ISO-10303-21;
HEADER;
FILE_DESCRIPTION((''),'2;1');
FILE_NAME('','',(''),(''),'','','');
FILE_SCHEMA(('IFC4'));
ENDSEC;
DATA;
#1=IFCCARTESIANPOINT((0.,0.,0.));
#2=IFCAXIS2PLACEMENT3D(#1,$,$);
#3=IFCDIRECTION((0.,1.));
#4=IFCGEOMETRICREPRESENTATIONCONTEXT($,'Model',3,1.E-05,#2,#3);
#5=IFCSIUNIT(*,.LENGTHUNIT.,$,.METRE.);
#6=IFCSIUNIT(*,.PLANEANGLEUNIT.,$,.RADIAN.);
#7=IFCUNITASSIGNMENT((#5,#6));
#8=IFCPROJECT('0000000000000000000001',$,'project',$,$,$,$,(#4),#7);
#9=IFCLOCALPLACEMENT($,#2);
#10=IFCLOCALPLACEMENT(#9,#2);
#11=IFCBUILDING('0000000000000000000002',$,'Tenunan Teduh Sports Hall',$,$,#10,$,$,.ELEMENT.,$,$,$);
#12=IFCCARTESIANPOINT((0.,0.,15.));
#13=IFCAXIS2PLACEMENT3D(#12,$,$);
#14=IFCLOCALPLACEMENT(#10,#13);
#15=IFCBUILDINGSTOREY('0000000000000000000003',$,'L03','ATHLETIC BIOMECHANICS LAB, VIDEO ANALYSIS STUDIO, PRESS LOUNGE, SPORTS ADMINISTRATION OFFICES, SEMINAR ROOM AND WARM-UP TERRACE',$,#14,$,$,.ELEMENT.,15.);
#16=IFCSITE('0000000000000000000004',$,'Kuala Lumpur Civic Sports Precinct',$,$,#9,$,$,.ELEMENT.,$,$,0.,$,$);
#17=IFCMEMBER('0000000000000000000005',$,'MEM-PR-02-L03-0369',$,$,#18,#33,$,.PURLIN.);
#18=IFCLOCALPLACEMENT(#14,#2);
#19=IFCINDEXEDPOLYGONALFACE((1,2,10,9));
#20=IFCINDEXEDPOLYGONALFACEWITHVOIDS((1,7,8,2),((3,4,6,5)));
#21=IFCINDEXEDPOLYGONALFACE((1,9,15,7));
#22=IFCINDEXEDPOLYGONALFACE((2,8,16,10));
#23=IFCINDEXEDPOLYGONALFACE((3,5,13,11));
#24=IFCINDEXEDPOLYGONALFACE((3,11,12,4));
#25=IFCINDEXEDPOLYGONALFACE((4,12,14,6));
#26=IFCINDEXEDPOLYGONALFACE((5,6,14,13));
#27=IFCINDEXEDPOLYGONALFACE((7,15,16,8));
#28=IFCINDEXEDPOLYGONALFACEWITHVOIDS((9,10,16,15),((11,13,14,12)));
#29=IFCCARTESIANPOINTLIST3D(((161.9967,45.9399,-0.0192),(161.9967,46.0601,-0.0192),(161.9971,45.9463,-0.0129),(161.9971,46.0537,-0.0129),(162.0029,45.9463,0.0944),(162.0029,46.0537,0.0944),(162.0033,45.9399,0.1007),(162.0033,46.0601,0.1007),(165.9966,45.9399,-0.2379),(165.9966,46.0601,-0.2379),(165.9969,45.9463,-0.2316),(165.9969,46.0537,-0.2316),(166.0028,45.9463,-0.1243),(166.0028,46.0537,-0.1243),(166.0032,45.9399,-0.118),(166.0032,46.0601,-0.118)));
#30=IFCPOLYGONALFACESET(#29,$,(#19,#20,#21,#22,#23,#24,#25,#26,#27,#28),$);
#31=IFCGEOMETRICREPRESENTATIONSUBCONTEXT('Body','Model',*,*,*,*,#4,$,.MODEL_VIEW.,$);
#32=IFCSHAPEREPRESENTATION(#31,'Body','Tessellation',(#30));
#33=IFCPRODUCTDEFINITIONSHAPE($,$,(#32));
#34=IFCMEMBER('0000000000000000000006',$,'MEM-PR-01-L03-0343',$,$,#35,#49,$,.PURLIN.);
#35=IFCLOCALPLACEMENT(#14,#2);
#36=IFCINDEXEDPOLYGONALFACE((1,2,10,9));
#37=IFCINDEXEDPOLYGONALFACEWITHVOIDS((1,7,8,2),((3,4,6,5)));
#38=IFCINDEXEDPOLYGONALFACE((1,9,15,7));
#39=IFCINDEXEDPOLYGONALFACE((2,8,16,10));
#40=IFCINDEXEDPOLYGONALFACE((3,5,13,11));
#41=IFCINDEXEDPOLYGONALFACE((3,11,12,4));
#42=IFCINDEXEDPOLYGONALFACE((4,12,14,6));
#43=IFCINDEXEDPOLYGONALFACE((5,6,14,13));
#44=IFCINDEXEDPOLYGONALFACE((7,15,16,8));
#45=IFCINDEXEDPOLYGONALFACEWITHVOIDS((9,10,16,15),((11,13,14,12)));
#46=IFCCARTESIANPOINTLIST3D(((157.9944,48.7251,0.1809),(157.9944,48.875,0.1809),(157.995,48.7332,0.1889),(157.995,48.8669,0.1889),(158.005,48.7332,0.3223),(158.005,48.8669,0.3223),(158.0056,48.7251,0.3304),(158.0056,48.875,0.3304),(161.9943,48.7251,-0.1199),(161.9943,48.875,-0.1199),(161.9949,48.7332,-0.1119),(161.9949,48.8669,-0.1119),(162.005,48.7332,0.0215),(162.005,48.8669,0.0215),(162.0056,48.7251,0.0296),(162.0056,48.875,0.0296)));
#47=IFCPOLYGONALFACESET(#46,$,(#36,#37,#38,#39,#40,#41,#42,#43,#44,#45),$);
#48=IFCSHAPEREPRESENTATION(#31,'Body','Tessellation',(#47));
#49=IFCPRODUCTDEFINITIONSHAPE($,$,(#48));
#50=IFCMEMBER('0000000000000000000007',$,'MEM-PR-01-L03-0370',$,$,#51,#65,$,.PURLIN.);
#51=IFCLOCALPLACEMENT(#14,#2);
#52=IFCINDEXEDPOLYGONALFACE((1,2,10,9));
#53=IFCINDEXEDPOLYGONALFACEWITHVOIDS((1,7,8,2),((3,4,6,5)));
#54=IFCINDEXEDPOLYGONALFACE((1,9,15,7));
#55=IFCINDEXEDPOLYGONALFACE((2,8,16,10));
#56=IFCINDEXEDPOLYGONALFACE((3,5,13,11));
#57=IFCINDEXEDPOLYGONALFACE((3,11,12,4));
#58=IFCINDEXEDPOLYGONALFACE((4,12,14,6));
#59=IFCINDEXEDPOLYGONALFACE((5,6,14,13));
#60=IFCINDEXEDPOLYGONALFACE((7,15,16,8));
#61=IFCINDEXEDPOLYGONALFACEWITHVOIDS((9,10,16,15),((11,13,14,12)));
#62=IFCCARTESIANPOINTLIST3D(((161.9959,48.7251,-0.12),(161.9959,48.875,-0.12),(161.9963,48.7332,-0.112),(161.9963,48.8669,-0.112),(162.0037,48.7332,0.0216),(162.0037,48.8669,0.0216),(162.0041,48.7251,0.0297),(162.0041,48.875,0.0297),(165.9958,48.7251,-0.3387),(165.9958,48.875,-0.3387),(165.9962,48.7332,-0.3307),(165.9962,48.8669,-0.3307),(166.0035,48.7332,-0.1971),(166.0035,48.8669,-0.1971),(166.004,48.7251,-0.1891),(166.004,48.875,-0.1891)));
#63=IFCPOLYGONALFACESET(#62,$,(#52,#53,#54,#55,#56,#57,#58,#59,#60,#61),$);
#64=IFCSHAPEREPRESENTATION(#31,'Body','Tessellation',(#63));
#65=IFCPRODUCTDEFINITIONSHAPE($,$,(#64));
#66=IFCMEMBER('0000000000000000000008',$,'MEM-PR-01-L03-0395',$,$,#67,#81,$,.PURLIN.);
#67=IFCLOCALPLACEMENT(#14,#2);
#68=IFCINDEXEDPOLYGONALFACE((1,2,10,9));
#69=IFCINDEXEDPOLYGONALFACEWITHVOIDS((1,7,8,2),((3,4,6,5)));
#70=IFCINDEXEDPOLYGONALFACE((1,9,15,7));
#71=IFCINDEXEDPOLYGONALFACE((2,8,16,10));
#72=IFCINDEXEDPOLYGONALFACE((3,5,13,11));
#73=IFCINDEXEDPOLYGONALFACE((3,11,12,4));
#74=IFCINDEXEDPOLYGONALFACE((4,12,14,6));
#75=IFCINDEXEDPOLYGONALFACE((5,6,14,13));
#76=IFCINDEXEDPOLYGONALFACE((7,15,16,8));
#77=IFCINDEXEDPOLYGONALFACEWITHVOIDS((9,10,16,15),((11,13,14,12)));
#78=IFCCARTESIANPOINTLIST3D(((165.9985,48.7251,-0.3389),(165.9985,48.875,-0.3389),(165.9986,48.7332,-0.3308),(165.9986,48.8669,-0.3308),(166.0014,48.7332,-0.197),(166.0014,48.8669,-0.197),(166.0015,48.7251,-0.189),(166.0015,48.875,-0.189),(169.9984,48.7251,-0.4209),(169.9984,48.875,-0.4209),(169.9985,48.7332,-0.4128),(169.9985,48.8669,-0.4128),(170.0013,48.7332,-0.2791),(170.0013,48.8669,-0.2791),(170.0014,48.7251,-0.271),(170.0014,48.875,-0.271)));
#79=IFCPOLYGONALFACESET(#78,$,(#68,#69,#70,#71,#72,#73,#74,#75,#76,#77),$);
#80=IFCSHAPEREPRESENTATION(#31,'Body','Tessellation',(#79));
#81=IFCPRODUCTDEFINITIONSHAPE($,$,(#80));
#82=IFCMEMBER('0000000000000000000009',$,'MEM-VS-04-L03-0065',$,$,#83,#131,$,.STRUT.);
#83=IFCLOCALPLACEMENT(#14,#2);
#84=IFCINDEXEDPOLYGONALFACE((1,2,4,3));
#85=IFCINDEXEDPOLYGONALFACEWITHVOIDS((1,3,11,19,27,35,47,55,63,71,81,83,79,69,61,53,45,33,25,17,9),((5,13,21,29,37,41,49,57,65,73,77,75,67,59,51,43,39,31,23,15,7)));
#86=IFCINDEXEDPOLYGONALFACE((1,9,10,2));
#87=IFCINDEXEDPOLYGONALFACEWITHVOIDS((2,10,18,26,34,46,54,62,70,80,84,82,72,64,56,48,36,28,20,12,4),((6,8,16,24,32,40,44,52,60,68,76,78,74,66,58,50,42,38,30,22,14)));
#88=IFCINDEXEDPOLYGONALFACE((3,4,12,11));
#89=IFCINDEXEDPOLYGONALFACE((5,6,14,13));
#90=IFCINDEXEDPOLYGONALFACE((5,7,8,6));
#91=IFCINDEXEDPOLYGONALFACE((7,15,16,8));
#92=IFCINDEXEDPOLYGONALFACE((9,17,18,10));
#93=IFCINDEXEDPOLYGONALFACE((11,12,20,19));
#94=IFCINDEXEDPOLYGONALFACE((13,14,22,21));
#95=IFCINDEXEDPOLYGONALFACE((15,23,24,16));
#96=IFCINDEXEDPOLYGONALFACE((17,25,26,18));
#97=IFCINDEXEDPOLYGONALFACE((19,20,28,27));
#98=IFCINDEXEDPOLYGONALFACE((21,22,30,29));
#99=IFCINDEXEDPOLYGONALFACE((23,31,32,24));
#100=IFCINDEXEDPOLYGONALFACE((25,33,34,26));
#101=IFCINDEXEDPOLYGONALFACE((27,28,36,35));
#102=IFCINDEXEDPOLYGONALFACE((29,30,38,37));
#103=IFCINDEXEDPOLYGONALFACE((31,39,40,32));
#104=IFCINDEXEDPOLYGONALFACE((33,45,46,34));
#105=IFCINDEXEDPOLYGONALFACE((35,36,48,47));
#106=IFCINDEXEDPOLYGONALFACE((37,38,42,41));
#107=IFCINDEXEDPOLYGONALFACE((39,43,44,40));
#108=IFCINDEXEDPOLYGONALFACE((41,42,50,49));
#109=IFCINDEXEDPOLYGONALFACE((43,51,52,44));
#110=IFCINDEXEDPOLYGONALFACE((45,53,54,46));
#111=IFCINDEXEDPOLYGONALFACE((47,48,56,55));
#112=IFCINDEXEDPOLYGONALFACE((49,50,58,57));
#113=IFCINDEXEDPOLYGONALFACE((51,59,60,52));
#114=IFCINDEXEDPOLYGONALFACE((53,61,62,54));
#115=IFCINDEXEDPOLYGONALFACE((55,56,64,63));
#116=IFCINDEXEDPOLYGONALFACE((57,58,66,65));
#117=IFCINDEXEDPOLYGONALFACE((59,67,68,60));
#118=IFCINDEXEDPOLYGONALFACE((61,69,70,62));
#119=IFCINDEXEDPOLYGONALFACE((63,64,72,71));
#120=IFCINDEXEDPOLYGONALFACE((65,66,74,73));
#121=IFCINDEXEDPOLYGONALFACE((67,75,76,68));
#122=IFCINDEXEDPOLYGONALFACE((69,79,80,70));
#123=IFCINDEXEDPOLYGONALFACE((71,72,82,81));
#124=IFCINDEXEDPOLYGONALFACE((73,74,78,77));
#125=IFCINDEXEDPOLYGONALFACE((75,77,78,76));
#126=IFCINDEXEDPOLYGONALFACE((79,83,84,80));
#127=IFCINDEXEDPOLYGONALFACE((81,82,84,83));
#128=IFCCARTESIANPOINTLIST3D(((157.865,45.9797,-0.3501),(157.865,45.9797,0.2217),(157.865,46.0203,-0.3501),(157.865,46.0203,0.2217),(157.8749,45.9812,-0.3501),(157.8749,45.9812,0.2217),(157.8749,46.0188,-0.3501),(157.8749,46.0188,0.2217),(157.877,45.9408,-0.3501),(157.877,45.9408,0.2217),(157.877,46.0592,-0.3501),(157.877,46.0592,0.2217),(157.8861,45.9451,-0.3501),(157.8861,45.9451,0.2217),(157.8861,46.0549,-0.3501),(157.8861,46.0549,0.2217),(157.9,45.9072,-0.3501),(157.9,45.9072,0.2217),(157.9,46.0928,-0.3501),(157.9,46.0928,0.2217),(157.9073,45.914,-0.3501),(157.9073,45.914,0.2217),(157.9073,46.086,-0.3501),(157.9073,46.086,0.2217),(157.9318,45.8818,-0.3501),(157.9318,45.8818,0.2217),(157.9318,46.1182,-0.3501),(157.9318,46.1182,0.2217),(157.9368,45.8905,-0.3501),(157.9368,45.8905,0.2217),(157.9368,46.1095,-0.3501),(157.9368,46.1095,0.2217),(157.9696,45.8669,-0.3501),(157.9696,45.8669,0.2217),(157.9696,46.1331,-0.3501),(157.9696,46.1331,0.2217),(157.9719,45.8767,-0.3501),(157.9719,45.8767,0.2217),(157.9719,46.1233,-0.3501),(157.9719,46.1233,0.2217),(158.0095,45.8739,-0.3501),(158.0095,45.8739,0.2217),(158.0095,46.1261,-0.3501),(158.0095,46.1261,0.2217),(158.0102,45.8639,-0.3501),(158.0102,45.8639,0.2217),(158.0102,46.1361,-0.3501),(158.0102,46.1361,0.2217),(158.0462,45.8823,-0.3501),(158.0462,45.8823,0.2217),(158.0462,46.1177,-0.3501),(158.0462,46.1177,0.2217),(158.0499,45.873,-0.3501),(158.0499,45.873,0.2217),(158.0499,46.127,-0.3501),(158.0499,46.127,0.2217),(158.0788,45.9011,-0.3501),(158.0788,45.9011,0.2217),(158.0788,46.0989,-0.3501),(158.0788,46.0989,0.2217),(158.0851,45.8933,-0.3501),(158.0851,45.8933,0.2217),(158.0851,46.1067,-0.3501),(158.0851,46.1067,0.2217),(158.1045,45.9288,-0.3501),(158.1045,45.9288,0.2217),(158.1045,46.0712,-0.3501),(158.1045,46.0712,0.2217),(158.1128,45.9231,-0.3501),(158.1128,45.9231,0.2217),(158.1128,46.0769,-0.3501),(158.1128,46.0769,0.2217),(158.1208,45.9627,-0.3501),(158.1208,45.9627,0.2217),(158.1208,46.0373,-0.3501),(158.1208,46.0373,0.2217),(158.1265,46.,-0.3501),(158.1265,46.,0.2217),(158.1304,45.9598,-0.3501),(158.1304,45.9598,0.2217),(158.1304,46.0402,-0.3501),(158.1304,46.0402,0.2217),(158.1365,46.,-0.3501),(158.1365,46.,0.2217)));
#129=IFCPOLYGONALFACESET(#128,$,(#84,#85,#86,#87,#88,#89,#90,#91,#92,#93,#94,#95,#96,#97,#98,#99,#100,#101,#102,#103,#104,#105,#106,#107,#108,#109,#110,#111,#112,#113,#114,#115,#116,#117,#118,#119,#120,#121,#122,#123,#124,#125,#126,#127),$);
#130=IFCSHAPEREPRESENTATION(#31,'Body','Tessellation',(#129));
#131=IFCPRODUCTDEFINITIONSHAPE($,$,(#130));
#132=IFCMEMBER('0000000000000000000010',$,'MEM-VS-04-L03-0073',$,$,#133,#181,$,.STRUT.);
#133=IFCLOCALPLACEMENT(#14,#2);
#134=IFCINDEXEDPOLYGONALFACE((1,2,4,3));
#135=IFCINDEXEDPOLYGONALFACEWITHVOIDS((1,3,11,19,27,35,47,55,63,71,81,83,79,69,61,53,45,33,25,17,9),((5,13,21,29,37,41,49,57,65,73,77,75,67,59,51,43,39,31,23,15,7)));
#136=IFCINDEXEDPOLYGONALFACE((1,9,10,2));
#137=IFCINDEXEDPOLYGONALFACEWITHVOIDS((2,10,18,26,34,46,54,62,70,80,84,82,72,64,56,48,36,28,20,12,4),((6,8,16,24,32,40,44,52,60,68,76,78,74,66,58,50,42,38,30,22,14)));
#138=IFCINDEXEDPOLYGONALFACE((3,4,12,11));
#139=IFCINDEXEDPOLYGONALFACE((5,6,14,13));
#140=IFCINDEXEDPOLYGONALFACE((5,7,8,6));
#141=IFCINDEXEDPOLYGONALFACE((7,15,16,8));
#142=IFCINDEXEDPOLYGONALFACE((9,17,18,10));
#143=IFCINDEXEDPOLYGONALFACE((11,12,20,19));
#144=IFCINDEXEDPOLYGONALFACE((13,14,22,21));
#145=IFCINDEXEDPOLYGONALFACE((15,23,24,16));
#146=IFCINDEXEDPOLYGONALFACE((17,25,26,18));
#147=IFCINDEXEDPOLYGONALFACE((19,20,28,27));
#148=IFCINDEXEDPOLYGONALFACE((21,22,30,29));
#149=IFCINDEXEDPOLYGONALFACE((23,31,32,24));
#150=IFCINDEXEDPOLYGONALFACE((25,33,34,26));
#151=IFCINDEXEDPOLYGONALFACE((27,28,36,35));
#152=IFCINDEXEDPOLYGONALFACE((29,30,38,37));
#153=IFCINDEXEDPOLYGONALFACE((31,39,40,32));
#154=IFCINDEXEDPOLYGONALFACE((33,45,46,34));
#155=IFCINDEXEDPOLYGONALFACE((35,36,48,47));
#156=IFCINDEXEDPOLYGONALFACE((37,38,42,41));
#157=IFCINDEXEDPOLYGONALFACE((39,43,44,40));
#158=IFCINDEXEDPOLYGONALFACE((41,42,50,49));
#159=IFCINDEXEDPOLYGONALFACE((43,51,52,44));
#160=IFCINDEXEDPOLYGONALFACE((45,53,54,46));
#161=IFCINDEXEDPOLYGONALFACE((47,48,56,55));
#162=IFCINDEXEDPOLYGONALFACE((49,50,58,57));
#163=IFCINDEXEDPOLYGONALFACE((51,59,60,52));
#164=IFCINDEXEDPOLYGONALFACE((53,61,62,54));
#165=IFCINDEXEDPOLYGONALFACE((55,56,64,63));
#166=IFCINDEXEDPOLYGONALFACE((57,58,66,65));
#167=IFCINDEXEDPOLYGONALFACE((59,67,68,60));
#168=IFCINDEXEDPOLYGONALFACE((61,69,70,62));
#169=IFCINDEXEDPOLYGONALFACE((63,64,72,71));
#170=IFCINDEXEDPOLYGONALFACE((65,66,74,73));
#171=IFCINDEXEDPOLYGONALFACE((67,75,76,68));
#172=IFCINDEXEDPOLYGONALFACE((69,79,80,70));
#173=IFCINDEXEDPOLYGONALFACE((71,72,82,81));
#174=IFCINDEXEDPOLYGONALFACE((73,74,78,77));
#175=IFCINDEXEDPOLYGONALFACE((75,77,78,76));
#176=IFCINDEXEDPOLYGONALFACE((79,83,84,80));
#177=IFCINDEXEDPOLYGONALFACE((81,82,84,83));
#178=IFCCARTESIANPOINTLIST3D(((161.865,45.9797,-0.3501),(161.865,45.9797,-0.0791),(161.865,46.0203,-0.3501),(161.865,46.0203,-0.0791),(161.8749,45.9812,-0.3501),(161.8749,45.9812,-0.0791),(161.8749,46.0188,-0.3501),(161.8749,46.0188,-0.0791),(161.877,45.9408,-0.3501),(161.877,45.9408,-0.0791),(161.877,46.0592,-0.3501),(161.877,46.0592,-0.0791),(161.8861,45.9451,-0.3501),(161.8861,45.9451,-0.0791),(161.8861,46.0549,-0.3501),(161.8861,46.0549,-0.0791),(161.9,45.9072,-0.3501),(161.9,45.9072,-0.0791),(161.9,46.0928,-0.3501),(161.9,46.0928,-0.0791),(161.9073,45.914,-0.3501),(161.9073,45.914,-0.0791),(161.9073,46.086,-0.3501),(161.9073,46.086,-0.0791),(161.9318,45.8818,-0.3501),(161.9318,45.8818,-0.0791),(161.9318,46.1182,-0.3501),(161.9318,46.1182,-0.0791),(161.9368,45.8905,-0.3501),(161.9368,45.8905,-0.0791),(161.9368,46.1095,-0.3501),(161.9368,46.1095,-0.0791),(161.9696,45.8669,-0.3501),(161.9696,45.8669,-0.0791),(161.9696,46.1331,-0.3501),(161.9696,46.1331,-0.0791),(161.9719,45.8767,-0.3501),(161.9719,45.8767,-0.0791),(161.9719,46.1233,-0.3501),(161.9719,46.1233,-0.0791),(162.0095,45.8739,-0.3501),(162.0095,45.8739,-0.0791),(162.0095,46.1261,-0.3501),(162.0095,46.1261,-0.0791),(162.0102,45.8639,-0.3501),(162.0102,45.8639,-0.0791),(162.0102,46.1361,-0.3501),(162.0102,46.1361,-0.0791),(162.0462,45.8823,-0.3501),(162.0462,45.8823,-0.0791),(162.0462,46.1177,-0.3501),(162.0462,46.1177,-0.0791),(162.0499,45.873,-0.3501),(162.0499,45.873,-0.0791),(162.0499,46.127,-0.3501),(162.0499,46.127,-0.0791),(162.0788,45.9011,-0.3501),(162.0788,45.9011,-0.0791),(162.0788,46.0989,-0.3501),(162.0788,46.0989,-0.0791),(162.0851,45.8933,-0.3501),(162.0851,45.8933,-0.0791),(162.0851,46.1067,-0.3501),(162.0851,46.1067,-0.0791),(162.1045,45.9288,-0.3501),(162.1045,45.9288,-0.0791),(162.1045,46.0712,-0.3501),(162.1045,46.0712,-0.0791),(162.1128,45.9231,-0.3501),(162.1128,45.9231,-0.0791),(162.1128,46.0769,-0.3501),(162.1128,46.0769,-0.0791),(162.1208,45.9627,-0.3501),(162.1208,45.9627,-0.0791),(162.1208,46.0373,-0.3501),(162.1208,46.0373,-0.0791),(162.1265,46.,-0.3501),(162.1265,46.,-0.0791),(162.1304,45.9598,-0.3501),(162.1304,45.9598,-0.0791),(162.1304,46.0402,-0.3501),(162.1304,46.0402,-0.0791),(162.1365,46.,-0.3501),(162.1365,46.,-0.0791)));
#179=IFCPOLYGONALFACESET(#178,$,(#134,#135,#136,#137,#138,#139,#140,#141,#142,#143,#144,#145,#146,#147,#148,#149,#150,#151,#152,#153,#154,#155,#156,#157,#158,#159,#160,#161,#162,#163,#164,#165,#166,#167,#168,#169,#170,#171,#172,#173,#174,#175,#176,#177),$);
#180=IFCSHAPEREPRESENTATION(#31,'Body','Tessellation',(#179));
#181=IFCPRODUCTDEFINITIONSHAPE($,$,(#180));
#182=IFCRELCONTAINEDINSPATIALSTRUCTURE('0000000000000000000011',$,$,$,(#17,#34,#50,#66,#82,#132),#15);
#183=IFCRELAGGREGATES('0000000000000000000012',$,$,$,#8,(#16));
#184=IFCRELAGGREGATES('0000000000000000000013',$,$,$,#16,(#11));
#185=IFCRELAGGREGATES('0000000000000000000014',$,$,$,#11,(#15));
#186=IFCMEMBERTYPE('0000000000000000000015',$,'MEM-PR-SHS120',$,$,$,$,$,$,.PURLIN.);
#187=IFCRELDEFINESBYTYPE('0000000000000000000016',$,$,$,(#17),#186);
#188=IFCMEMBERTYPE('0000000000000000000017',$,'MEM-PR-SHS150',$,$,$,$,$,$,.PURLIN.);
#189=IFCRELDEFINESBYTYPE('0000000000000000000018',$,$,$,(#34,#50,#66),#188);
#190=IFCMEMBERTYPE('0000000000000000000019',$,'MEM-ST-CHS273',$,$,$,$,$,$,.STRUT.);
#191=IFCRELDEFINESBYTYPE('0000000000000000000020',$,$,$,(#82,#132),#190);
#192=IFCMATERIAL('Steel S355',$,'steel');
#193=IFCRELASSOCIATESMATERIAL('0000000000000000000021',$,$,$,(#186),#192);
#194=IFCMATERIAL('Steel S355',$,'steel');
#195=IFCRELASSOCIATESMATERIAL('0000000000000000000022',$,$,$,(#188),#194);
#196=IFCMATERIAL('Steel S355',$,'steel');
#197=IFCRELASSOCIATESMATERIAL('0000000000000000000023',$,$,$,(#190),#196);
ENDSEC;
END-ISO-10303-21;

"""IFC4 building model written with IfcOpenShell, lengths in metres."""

from ifc_helpers import new_model, si_unit, direction, frame, origin, origin_2d, place, context, subcontext, project, spatial, hollow_rectangle, hollow_circle, extrude, material, material_profile, profile_set, type_object, element, save


model = new_model("IFC4")

# Units and contexts
model_context = context("Model", 3, precision=1e-05, world=origin(), true_north=direction((0.0, 1.0)))
body_context = subcontext(model_context, "Body", "Model", "MODEL_VIEW")
ifc_project = project(units=[si_unit("LENGTHUNIT", "METRE"), si_unit("PLANEANGLEUNIT", "RADIAN")], contexts=[model_context])

# Site, building, storey
site_placement = place(None, origin())
site = spatial("IfcSite", under=ifc_project, at=site_placement, Name="Kuala Lumpur Civic Sports Precinct", CompositionType="ELEMENT", RefElevation=0.0)
building_placement = place(site_placement, origin())
building = spatial("IfcBuilding", under=site, at=building_placement, Name="Tenunan Teduh Sports Hall", CompositionType="ELEMENT")
storey_placement = place(building_placement, frame((0.0, 0.0, 15.0)))
storey = spatial("IfcBuildingStorey", under=building, at=storey_placement, Name="L03", Description="ATHLETIC BIOMECHANICS LAB, VIDEO ANALYSIS STUDIO, PRESS LOUNGE, SPORTS ADMINISTRATION OFFICES, SEMINAR ROOM AND WARM-UP TERRACE", CompositionType="ELEMENT", Elevation=15.0)

# Members
ifc_material_1 = material(Name="Steel S355", Category="steel")
ifc_material_profile_1 = material_profile(ifc_material_1, hollow_rectangle(XDim=0.1201, YDim=0.1201, WallThickness=0.0063, at=origin_2d()), Name="SHS 120x120x6.3")
ifc_profile_set_1 = profile_set([ifc_material_profile_1], Name="Steel S355")
member_type_1 = type_object("IfcMemberType", Name="MEM-PR-SHS120", PredefinedType="PURLIN", material=ifc_profile_set_1)
member_1_placement = place(storey_placement, frame((162.0, 46.0, 0.0408), z_axis=(0.998508, 0.0, -0.054606), x_axis=(0.0, 1.0, 0.0)))
element("IfcMember", 1, at=member_1_placement, inside=storey, type_object=member_type_1, Name="MEM-PR-02-L03-0369", PredefinedType="PURLIN", context=body_context, shape_type="SweptSolid", body=[
    extrude(hollow_rectangle(XDim=0.1201, YDim=0.1201, WallThickness=0.0063, at=origin_2d()), origin(), (0.0, 0.0, 1.0), 4.0059),
])
ifc_material_2 = material(Name="Steel S355", Category="steel")
ifc_material_profile_2 = material_profile(ifc_material_2, hollow_rectangle(XDim=0.1499, YDim=0.1499, WallThickness=0.0081, at=origin_2d()), Name="SHS 150x150x8.0")
ifc_profile_set_2 = profile_set([ifc_material_profile_2], Name="Steel S355")
member_type_2 = type_object("IfcMemberType", Name="MEM-PR-SHS150", PredefinedType="PURLIN", material=ifc_profile_set_2)
member_2_placement = place(storey_placement, frame((158.0, 48.8, 0.2556), z_axis=(0.997185, 0.0, -0.074984), x_axis=(0.0, 1.0, 0.0)))
element("IfcMember", 2, at=member_2_placement, inside=storey, type_object=member_type_2, Name="MEM-PR-01-L03-0343", PredefinedType="PURLIN", context=body_context, shape_type="SweptSolid", body=[
    extrude(hollow_rectangle(XDim=0.1499, YDim=0.1499, WallThickness=0.0081, at=origin_2d()), origin(), (0.0, 0.0, 1.0), 4.0112),
])
member_3_placement = place(storey_placement, frame((162.0, 48.8, -0.0452), z_axis=(0.998508, 0.0, -0.054606), x_axis=(0.0, 1.0, 0.0)))
element("IfcMember", 3, at=member_3_placement, inside=storey, type_object=member_type_2, Name="MEM-PR-01-L03-0370", PredefinedType="PURLIN", context=body_context, shape_type="SweptSolid", body=[
    extrude(hollow_rectangle(XDim=0.1499, YDim=0.1499, WallThickness=0.0081, at=origin_2d()), origin(), (0.0, 0.0, 1.0), 4.0059),
])
member_4_placement = place(storey_placement, frame((166.0, 48.8, -0.2639), z_axis=(0.99979, 0.0, -0.020504), x_axis=(0.0, 1.0, 0.0)))
element("IfcMember", 4, at=member_4_placement, inside=storey, type_object=member_type_2, Name="MEM-PR-01-L03-0395", PredefinedType="PURLIN", context=body_context, shape_type="SweptSolid", body=[
    extrude(hollow_rectangle(XDim=0.1499, YDim=0.1499, WallThickness=0.0081, at=origin_2d()), origin(), (0.0, 0.0, 1.0), 4.0007),
])
ifc_material_3 = material(Name="Steel S355", Category="steel")
ifc_material_profile_3 = material_profile(ifc_material_3, hollow_circle(Radius=0.1365, WallThickness=0.01, at=origin_2d()), Name="CHS 273.0x10.0")
ifc_profile_set_3 = profile_set([ifc_material_profile_3], Name="Steel S355")
member_type_3 = type_object("IfcMemberType", Name="MEM-ST-CHS273", PredefinedType="STRUT", material=ifc_profile_set_3)
member_5_placement = place(storey_placement, frame((158.0, 46.0, -0.3501), z_axis=(0.0, 0.0, 1.0), x_axis=(1.0, 0.0, 0.0)))
element("IfcMember", 5, at=member_5_placement, inside=storey, type_object=member_type_3, Name="MEM-VS-04-L03-0065", PredefinedType="STRUT", context=body_context, shape_type="SweptSolid", body=[
    extrude(hollow_circle(Radius=0.1365, WallThickness=0.01, at=origin_2d()), origin(), (0.0, 0.0, 1.0), 0.5718),
])
member_6_placement = place(storey_placement, frame((162.0, 46.0, -0.3501), z_axis=(0.0, 0.0, 1.0), x_axis=(1.0, 0.0, 0.0)))
element("IfcMember", 6, at=member_6_placement, inside=storey, type_object=member_type_3, Name="MEM-VS-04-L03-0073", PredefinedType="STRUT", context=body_context, shape_type="SweptSolid", body=[
    extrude(hollow_circle(Radius=0.1365, WallThickness=0.01, at=origin_2d()), origin(), (0.0, 0.0, 1.0), 0.271),
])

save(model, "model.ifc")
